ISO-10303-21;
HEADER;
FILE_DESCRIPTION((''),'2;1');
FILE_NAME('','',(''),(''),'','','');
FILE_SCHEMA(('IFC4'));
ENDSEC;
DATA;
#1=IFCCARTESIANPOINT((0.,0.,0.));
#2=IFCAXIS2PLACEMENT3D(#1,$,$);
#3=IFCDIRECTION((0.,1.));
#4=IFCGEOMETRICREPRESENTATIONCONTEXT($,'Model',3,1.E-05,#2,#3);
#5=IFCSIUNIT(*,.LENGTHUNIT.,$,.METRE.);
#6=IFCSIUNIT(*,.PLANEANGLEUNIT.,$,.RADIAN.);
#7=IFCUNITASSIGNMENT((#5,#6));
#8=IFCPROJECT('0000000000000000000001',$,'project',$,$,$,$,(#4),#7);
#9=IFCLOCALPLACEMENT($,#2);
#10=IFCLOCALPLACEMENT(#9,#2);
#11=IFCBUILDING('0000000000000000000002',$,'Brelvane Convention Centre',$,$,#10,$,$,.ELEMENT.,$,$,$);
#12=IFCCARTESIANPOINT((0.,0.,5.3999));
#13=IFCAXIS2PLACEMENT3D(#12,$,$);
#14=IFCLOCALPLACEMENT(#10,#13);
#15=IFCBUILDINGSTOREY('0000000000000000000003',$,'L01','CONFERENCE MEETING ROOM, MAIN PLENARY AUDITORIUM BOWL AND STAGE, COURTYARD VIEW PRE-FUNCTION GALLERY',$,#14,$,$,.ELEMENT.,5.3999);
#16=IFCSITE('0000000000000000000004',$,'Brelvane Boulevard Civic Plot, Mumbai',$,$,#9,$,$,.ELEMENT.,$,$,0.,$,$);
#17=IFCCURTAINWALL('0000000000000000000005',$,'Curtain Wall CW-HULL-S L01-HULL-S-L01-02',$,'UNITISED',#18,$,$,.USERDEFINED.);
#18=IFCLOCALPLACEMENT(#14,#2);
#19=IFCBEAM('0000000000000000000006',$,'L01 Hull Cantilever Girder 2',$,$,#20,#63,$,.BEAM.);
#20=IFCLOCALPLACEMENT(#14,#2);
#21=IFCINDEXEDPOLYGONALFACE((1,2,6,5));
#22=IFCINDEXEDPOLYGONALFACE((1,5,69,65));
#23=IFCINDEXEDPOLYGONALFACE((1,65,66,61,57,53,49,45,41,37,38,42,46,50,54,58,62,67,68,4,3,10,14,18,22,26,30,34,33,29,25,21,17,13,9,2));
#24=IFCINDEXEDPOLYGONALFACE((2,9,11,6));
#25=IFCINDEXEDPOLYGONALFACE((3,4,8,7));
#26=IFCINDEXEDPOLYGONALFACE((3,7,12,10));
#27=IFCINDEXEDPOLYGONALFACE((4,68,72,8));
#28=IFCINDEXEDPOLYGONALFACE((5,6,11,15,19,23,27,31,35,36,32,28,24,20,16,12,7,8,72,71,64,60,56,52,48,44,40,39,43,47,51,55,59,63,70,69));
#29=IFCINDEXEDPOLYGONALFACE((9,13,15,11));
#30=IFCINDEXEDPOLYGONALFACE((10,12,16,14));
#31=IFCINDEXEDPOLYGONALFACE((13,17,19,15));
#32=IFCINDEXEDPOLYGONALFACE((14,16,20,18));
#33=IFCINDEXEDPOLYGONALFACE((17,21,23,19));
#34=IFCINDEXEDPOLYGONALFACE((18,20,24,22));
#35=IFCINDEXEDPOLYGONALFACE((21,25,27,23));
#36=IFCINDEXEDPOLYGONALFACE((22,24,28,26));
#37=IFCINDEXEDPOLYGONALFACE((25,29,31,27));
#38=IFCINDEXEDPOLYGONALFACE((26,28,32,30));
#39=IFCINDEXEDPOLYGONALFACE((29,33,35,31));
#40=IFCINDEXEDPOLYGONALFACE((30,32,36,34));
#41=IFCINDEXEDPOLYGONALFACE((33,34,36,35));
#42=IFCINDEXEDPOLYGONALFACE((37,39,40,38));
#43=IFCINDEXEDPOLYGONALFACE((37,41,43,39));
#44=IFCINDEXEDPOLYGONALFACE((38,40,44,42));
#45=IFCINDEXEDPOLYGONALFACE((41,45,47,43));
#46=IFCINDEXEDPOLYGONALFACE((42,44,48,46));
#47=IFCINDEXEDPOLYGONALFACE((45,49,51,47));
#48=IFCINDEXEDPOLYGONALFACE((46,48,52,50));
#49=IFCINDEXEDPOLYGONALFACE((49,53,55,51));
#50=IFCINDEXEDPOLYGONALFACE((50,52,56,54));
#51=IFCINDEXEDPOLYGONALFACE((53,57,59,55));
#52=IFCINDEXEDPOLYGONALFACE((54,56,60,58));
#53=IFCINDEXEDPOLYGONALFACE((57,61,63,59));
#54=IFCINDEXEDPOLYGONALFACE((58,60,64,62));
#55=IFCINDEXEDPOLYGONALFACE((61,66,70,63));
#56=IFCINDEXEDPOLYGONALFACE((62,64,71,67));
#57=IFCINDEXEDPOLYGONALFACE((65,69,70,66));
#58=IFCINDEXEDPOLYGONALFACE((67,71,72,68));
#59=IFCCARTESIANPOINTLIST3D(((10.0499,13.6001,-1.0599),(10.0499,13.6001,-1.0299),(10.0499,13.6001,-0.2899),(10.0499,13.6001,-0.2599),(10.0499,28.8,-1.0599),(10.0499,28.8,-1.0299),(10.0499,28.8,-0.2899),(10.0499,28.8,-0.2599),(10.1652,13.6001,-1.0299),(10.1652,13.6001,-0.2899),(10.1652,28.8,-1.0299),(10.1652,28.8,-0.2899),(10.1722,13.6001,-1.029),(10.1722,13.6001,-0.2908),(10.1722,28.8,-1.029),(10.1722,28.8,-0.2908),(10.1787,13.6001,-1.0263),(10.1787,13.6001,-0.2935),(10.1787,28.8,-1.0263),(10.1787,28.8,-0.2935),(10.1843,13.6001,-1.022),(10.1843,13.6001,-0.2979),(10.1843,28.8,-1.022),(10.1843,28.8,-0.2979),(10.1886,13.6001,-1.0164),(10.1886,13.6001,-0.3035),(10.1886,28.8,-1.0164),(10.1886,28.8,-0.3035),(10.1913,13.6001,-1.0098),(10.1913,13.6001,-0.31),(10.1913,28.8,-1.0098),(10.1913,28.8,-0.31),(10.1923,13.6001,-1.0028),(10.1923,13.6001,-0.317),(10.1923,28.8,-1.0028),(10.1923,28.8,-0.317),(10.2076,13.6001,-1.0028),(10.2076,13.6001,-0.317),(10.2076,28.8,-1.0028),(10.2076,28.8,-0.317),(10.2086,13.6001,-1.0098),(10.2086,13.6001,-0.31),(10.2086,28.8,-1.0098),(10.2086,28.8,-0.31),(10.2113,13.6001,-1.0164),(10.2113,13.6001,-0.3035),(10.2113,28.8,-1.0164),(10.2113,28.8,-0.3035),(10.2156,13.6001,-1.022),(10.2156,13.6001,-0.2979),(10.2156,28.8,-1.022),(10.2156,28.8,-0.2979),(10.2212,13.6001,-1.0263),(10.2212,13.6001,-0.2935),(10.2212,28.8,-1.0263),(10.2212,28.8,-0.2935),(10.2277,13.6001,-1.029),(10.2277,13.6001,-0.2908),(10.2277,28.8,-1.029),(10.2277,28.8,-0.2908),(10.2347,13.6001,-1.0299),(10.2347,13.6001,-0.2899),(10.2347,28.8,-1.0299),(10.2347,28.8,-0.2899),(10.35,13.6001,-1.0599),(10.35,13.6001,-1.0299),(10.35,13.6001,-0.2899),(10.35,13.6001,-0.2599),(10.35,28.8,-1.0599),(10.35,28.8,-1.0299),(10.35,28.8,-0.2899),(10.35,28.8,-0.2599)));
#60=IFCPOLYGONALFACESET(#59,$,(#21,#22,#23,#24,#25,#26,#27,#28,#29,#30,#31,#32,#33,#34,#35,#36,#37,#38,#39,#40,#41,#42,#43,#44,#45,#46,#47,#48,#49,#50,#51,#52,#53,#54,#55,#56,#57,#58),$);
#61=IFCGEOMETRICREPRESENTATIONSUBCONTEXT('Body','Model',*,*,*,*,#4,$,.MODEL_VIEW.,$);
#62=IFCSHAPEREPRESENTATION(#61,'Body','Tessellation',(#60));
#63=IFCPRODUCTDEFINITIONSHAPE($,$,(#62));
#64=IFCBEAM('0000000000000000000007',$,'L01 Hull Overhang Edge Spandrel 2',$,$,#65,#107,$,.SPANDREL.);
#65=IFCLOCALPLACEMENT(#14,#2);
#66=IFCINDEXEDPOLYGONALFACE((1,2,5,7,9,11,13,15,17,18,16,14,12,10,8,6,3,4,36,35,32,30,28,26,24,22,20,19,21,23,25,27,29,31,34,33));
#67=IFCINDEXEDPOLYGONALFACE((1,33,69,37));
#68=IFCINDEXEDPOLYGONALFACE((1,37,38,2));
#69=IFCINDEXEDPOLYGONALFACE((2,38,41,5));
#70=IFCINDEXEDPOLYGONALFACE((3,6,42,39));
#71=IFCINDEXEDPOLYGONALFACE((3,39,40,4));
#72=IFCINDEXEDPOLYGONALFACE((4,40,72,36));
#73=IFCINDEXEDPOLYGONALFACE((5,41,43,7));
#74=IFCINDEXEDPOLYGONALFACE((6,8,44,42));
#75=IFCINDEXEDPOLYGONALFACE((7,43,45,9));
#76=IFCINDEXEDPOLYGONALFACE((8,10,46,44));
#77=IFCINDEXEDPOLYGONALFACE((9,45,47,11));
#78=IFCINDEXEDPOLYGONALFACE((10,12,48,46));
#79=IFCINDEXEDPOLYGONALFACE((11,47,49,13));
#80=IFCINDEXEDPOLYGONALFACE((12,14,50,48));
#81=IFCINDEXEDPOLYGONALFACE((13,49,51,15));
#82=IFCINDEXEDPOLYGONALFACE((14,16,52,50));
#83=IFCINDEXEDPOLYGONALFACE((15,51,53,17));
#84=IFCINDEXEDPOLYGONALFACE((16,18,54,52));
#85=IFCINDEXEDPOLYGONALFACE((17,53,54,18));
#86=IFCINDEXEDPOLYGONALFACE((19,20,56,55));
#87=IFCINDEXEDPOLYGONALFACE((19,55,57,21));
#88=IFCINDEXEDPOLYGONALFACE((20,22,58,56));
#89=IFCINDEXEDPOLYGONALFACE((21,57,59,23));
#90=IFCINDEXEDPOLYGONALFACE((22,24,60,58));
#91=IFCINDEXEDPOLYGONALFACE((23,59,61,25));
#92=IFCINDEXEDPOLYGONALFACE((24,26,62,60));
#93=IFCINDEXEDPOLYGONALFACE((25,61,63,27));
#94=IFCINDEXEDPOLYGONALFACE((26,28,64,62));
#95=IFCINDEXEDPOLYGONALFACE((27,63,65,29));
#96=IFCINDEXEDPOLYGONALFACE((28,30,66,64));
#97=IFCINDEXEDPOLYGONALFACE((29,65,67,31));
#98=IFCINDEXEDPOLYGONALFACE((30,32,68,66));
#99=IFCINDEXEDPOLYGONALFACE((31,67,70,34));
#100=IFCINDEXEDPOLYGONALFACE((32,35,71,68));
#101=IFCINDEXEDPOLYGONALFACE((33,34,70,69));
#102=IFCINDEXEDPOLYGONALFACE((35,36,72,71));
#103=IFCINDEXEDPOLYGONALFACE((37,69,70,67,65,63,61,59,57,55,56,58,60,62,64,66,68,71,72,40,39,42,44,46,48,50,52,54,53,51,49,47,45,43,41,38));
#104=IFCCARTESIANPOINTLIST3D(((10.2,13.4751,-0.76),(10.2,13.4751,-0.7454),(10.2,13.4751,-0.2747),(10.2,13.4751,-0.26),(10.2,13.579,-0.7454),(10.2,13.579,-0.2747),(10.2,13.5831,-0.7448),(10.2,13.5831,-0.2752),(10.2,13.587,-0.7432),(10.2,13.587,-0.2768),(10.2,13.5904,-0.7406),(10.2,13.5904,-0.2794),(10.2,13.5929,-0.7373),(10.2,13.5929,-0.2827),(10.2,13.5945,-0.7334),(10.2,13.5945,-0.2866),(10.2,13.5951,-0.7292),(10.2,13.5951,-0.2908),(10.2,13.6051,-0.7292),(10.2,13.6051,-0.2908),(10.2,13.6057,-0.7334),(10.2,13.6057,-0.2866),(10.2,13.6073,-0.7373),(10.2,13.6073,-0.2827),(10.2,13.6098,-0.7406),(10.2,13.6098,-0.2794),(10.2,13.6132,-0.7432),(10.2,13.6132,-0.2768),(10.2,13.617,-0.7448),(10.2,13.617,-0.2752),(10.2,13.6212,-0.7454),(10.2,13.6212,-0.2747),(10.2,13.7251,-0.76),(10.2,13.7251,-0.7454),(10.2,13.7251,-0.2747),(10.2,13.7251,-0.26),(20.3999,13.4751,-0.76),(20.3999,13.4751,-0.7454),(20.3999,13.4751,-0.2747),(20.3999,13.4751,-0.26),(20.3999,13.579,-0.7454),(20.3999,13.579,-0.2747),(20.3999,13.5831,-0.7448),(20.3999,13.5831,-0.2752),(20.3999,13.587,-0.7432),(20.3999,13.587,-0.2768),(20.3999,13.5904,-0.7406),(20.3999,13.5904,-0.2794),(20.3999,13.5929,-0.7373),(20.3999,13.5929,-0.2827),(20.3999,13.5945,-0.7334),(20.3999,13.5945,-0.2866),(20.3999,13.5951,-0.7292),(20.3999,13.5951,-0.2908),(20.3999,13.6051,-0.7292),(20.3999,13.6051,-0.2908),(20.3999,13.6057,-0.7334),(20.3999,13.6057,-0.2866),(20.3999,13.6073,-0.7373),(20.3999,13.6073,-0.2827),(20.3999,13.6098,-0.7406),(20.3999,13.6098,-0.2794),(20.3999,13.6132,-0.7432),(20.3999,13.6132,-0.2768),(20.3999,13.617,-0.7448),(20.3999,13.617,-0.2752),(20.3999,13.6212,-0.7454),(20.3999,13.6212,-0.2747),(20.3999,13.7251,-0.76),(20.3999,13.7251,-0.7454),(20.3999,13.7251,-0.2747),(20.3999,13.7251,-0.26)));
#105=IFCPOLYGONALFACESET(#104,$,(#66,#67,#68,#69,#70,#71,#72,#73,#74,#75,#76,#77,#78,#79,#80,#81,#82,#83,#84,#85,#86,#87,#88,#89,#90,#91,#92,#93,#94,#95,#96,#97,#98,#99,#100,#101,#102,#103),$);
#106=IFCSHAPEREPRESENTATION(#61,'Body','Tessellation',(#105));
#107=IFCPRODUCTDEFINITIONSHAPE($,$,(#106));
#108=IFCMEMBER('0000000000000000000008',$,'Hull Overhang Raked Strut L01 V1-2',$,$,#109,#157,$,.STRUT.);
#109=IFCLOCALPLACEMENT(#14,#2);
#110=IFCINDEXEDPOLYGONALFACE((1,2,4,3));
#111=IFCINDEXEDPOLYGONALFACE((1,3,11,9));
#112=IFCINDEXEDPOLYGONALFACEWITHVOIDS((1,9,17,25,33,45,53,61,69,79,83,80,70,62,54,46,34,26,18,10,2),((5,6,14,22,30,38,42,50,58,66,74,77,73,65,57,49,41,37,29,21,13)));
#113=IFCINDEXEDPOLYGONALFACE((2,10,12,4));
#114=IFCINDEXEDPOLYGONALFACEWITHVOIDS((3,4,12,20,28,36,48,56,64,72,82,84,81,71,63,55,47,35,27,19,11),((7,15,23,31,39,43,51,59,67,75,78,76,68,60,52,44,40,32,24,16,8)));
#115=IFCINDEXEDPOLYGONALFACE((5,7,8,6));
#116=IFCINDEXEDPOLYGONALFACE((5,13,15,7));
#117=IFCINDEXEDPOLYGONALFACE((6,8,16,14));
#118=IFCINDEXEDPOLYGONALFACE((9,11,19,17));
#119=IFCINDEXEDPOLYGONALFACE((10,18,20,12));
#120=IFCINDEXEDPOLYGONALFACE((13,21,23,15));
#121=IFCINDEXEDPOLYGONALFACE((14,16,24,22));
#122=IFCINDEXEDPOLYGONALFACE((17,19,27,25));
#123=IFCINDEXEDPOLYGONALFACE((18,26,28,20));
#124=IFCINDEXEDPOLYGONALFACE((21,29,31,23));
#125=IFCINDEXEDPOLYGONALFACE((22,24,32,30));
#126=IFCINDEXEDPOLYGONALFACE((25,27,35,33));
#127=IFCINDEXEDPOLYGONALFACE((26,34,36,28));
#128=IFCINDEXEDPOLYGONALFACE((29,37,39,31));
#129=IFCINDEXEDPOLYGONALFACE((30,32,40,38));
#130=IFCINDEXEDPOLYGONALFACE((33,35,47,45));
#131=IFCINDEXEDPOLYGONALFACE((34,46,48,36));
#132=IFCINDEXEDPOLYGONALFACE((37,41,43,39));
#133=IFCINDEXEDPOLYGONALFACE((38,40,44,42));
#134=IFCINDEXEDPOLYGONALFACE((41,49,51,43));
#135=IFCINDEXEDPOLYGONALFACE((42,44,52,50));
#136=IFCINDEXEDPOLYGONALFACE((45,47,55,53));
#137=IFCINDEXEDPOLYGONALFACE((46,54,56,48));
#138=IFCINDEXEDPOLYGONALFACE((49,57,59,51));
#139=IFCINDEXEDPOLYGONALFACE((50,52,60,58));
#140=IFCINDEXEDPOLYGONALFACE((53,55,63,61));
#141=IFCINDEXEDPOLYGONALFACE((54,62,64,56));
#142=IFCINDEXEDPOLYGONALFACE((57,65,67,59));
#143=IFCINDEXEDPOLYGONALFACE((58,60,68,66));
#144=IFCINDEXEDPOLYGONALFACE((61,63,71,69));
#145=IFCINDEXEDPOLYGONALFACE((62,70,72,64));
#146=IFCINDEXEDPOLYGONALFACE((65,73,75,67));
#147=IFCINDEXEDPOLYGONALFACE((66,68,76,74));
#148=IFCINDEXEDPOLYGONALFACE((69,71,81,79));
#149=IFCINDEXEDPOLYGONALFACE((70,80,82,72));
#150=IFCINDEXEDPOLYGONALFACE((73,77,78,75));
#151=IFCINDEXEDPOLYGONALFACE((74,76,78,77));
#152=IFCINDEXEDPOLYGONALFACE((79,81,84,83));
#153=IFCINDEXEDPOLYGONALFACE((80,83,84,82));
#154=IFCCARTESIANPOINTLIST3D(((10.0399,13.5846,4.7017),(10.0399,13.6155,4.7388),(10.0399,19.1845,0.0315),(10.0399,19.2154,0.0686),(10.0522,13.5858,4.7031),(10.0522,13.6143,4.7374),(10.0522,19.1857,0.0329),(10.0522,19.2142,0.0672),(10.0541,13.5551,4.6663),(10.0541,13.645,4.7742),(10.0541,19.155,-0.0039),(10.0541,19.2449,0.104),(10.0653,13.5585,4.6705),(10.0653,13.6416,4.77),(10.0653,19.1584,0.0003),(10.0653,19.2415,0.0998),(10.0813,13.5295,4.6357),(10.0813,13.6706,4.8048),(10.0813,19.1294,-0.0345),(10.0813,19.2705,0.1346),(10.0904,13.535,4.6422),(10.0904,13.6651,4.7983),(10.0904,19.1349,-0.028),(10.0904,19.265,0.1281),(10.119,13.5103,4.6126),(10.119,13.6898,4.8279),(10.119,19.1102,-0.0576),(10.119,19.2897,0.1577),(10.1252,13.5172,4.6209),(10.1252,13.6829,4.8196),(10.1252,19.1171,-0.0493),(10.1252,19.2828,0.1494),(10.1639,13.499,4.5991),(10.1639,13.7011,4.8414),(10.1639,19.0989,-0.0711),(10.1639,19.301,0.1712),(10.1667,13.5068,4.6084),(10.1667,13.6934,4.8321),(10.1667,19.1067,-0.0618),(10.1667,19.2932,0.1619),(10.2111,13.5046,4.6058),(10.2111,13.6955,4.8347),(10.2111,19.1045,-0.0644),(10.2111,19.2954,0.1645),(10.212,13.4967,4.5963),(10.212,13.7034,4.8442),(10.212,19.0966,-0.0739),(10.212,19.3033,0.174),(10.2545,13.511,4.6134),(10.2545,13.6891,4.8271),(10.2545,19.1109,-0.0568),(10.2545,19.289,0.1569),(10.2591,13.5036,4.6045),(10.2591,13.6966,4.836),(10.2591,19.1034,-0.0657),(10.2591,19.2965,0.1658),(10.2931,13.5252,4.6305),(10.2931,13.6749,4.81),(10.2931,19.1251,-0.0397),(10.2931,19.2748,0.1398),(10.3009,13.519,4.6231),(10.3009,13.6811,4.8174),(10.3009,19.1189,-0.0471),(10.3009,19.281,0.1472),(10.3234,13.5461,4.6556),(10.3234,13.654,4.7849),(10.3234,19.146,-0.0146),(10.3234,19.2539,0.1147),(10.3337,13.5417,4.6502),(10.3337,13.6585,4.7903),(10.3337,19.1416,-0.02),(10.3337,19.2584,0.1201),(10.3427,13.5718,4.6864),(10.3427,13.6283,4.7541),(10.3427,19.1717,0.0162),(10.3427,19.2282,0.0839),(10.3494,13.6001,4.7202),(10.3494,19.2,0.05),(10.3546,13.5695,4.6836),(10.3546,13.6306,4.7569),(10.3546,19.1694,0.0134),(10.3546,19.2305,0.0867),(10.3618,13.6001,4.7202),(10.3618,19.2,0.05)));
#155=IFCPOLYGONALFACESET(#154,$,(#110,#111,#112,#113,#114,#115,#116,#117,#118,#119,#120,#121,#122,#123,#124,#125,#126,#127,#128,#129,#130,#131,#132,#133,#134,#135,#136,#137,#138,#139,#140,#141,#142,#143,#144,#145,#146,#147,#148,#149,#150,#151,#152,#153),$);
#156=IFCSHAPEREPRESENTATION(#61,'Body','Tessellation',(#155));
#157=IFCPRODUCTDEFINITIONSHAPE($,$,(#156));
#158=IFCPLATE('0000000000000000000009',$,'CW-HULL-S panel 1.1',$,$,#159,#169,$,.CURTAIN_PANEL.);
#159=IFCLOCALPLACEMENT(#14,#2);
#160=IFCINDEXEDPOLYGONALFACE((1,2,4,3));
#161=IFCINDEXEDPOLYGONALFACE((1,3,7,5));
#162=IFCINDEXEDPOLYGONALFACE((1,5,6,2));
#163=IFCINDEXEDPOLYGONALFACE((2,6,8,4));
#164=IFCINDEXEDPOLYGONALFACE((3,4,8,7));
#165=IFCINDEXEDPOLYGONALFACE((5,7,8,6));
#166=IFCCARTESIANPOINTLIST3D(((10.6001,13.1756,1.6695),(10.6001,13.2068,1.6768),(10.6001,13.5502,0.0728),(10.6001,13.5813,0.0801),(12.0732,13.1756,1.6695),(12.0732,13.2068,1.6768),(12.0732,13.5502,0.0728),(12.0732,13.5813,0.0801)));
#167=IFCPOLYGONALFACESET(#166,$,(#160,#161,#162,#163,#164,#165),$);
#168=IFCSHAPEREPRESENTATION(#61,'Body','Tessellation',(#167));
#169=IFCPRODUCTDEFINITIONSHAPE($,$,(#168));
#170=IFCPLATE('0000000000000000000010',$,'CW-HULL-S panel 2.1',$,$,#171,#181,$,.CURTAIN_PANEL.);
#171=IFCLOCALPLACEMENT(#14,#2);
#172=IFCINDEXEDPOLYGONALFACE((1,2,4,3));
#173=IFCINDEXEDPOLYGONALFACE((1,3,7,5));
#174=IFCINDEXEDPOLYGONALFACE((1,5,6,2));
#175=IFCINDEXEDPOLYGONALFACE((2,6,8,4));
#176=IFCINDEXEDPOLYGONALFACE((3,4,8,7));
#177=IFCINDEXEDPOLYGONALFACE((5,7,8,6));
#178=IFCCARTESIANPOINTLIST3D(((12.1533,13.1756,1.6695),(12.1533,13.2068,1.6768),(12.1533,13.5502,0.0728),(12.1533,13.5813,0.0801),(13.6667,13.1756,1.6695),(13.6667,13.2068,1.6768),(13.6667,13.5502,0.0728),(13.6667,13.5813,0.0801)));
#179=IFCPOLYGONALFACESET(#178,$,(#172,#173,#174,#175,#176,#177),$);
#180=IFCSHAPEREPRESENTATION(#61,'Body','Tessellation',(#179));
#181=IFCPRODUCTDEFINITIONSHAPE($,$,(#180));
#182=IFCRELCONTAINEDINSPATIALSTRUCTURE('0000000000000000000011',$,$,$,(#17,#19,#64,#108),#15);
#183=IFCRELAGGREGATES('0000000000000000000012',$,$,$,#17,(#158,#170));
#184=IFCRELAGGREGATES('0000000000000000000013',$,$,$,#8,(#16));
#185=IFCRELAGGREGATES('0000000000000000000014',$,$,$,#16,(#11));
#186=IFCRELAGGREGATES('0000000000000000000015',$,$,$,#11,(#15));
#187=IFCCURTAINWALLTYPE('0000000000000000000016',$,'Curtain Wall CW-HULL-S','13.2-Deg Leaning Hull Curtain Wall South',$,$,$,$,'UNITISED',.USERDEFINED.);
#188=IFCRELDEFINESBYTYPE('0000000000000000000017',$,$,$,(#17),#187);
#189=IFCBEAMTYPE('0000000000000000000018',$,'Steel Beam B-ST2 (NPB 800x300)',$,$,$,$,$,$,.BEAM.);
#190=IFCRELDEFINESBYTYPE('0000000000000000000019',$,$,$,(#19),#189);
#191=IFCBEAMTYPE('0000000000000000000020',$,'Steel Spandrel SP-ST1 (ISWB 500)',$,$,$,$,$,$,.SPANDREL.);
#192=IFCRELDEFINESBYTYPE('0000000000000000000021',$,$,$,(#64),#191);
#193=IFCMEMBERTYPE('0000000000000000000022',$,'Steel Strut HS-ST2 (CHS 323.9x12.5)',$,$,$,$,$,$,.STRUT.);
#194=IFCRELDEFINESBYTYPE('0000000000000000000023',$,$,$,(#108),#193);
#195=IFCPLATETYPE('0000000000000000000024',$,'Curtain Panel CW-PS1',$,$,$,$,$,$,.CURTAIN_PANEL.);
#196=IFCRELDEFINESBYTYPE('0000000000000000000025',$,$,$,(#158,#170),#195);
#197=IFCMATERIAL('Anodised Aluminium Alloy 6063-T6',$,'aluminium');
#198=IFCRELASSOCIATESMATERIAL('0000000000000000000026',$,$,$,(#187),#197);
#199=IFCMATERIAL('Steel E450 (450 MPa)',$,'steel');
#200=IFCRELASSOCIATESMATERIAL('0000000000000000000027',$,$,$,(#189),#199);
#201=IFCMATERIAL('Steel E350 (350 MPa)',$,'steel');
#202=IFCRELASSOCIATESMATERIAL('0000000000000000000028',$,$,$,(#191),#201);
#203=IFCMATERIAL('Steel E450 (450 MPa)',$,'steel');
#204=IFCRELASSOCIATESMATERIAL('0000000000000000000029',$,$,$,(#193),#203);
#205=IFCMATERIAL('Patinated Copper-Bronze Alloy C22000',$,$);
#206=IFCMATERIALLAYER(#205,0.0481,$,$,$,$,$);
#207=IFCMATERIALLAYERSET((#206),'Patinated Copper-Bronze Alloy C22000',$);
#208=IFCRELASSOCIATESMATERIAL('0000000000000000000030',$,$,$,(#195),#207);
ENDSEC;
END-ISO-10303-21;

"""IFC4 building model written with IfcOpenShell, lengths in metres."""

from ifc_helpers import new_model, si_unit, direction, frame, origin, origin_2d, place, context, subcontext, project, spatial, polyline, hollow_circle, i_section, outline, extrude, material, layer, layer_set, material_profile, profile_set, type_object, element, aggregate, save


model = new_model("IFC4")

# Units and contexts
model_context = context("Model", 3, precision=1e-05, world=origin(), true_north=direction((0.0, 1.0)))
body_context = subcontext(model_context, "Body", "Model", "MODEL_VIEW")
ifc_project = project(units=[si_unit("LENGTHUNIT", "METRE"), si_unit("PLANEANGLEUNIT", "RADIAN")], contexts=[model_context])

# Site, building, storey
site_placement = place(None, origin())
site = spatial("IfcSite", under=ifc_project, at=site_placement, Name="Brelvane Boulevard Civic Plot, Mumbai", CompositionType="ELEMENT", RefElevation=0.0)
building_placement = place(site_placement, origin())
building = spatial("IfcBuilding", under=site, at=building_placement, Name="Brelvane Convention Centre", CompositionType="ELEMENT")
storey_placement = place(building_placement, frame((0.0, 0.0, 5.3999)))
storey = spatial("IfcBuildingStorey", under=building, at=storey_placement, Name="L01", Description="CONFERENCE MEETING ROOM, MAIN PLENARY AUDITORIUM BOWL AND STAGE, COURTYARD VIEW PRE-FUNCTION GALLERY", CompositionType="ELEMENT", Elevation=5.3999)

# Curtain wall
ifc_material_1 = material(Name="Anodised Aluminium Alloy 6063-T6", Category="aluminium")
curtain_wall_type = type_object("IfcCurtainWallType", Name="Curtain Wall CW-HULL-S", Description="13.2-Deg Leaning Hull Curtain Wall South", ElementType="UNITISED", PredefinedType="USERDEFINED", material=ifc_material_1)
curtain_wall_1_placement = place(storey_placement, origin())
curtain_wall_1 = element("IfcCurtainWall", 1, at=curtain_wall_1_placement, inside=storey, type_object=curtain_wall_type, Name="Curtain Wall CW-HULL-S L01-HULL-S-L01-02", ObjectType="UNITISED", PredefinedType="USERDEFINED")

# Beams
ifc_material_2 = material(Name="Steel E450 (450 MPa)", Category="steel")
ifc_material_profile_1 = material_profile(ifc_material_2, i_section(OverallWidth=0.3, OverallDepth=0.8, WebThickness=0.0154, FlangeThickness=0.03, FilletRadius=0.0271, at=origin_2d()), Name="NPB 800x300")
ifc_profile_set_1 = profile_set([ifc_material_profile_1], Name="Steel E450 (450 MPa)")
beam_type_1 = type_object("IfcBeamType", Name="Steel Beam B-ST2 (NPB 800x300)", PredefinedType="BEAM", material=ifc_profile_set_1)
beam_1_placement = place(storey_placement, frame((10.2, 13.6001, -0.6599), z_axis=(0.0, 1.0, 0.0), x_axis=(-1.0, 0.0, 0.0)))
element("IfcBeam", 2, at=beam_1_placement, inside=storey, type_object=beam_type_1, Name="L01 Hull Cantilever Girder 2", PredefinedType="BEAM", context=body_context, shape_type="SweptSolid", body=[
    extrude(i_section(OverallWidth=0.3, OverallDepth=0.8, WebThickness=0.0154, FlangeThickness=0.03, FilletRadius=0.0271, at=origin_2d()), origin(), (0.0, 0.0, 1.0), 15.2),
])
ifc_material_3 = material(Name="Steel E350 (350 MPa)", Category="steel")
ifc_material_profile_2 = material_profile(ifc_material_3, i_section(OverallWidth=0.25, OverallDepth=0.5, WebThickness=0.01, FlangeThickness=0.0146, FilletRadius=0.0161, at=origin_2d()), Name="ISWB 500")
ifc_profile_set_2 = profile_set([ifc_material_profile_2], Name="Steel E350 (350 MPa)")
beam_type_2 = type_object("IfcBeamType", Name="Steel Spandrel SP-ST1 (ISWB 500)", PredefinedType="SPANDREL", material=ifc_profile_set_2)
beam_2_placement = place(storey_placement, frame((10.2, 13.6001, -0.51), z_axis=(1.0, 0.0, 0.0), x_axis=(0.0, 1.0, 0.0)))
element("IfcBeam", 3, at=beam_2_placement, inside=storey, type_object=beam_type_2, Name="L01 Hull Overhang Edge Spandrel 2", PredefinedType="SPANDREL", context=body_context, shape_type="SweptSolid", body=[
    extrude(i_section(OverallWidth=0.25, OverallDepth=0.5, WebThickness=0.01, FlangeThickness=0.0146, FilletRadius=0.0161, at=origin_2d()), origin(), (0.0, 0.0, 1.0), 10.2),
])

# Member
ifc_material_4 = material(Name="Steel E450 (450 MPa)", Category="steel")
ifc_material_profile_3 = material_profile(ifc_material_4, hollow_circle(Radius=0.1619, WallThickness=0.0125, at=origin_2d()), Name="CHS 323.9x12.5")
ifc_profile_set_3 = profile_set([ifc_material_profile_3], Name="Steel E450 (450 MPa)")
member_type_1 = type_object("IfcMemberType", Name="Steel Strut HS-ST2 (CHS 323.9x12.5)", PredefinedType="STRUT", material=ifc_profile_set_3)
member_1_placement = place(storey_placement, frame((10.2, 19.2, 0.05), z_axis=(0.0, -0.767977, 0.640477), x_axis=(1.0, 0.0, 0.0)))
element("IfcMember", 4, at=member_1_placement, inside=storey, type_object=member_type_1, Name="Hull Overhang Raked Strut L01 V1-2", PredefinedType="STRUT", context=body_context, shape_type="SweptSolid", body=[
    extrude(hollow_circle(Radius=0.1619, WallThickness=0.0125, at=origin_2d()), origin(), (0.0, 0.0, 1.0), 7.2917),
])

# Plates
ifc_material_5 = material(Name="Patinated Copper-Bronze Alloy C22000")
ifc_layer_1 = layer(ifc_material_5, 0.0481)
ifc_layer_set_1 = layer_set([ifc_layer_1], Name="Patinated Copper-Bronze Alloy C22000")
plate_type_1 = type_object("IfcPlateType", Name="Curtain Panel CW-PS1", PredefinedType="CURTAIN_PANEL", material=ifc_layer_set_1)
plate_1_placement = place(storey_placement, frame((10.6001, 13.5813, 0.0801), z_axis=(0.0, 0.973577, 0.228359), x_axis=(1.0, 0.0, 0.0)))
plate_1 = element("IfcPlate", 5, at=plate_1_placement, type_object=plate_type_1, Name="CW-HULL-S panel 1.1", PredefinedType="CURTAIN_PANEL", context=body_context, shape_type="SweptSolid", body=[
    extrude(outline(polyline([(0.0, 0.0), (1.4731, 0.0), (1.4731, -1.64), (0.0, -1.64), (0.0, 0.0)])), origin(), (0.0, 0.0, -1.0), 0.032),
])
plate_2_placement = place(storey_placement, frame((12.1533, 13.5813, 0.0801), z_axis=(0.0, 0.973577, 0.228359), x_axis=(1.0, 0.0, 0.0)))
plate_2 = element("IfcPlate", 6, at=plate_2_placement, type_object=plate_type_1, Name="CW-HULL-S panel 2.1", PredefinedType="CURTAIN_PANEL", context=body_context, shape_type="SweptSolid", body=[
    extrude(outline(polyline([(0.0, 0.0), (1.5134, 0.0), (1.5134, -1.64), (0.0, -1.64), (0.0, 0.0)])), origin(), (0.0, 0.0, -1.0), 0.032),
])
aggregate(curtain_wall_1, [plate_1, plate_2])

save(model, "model.ifc")
